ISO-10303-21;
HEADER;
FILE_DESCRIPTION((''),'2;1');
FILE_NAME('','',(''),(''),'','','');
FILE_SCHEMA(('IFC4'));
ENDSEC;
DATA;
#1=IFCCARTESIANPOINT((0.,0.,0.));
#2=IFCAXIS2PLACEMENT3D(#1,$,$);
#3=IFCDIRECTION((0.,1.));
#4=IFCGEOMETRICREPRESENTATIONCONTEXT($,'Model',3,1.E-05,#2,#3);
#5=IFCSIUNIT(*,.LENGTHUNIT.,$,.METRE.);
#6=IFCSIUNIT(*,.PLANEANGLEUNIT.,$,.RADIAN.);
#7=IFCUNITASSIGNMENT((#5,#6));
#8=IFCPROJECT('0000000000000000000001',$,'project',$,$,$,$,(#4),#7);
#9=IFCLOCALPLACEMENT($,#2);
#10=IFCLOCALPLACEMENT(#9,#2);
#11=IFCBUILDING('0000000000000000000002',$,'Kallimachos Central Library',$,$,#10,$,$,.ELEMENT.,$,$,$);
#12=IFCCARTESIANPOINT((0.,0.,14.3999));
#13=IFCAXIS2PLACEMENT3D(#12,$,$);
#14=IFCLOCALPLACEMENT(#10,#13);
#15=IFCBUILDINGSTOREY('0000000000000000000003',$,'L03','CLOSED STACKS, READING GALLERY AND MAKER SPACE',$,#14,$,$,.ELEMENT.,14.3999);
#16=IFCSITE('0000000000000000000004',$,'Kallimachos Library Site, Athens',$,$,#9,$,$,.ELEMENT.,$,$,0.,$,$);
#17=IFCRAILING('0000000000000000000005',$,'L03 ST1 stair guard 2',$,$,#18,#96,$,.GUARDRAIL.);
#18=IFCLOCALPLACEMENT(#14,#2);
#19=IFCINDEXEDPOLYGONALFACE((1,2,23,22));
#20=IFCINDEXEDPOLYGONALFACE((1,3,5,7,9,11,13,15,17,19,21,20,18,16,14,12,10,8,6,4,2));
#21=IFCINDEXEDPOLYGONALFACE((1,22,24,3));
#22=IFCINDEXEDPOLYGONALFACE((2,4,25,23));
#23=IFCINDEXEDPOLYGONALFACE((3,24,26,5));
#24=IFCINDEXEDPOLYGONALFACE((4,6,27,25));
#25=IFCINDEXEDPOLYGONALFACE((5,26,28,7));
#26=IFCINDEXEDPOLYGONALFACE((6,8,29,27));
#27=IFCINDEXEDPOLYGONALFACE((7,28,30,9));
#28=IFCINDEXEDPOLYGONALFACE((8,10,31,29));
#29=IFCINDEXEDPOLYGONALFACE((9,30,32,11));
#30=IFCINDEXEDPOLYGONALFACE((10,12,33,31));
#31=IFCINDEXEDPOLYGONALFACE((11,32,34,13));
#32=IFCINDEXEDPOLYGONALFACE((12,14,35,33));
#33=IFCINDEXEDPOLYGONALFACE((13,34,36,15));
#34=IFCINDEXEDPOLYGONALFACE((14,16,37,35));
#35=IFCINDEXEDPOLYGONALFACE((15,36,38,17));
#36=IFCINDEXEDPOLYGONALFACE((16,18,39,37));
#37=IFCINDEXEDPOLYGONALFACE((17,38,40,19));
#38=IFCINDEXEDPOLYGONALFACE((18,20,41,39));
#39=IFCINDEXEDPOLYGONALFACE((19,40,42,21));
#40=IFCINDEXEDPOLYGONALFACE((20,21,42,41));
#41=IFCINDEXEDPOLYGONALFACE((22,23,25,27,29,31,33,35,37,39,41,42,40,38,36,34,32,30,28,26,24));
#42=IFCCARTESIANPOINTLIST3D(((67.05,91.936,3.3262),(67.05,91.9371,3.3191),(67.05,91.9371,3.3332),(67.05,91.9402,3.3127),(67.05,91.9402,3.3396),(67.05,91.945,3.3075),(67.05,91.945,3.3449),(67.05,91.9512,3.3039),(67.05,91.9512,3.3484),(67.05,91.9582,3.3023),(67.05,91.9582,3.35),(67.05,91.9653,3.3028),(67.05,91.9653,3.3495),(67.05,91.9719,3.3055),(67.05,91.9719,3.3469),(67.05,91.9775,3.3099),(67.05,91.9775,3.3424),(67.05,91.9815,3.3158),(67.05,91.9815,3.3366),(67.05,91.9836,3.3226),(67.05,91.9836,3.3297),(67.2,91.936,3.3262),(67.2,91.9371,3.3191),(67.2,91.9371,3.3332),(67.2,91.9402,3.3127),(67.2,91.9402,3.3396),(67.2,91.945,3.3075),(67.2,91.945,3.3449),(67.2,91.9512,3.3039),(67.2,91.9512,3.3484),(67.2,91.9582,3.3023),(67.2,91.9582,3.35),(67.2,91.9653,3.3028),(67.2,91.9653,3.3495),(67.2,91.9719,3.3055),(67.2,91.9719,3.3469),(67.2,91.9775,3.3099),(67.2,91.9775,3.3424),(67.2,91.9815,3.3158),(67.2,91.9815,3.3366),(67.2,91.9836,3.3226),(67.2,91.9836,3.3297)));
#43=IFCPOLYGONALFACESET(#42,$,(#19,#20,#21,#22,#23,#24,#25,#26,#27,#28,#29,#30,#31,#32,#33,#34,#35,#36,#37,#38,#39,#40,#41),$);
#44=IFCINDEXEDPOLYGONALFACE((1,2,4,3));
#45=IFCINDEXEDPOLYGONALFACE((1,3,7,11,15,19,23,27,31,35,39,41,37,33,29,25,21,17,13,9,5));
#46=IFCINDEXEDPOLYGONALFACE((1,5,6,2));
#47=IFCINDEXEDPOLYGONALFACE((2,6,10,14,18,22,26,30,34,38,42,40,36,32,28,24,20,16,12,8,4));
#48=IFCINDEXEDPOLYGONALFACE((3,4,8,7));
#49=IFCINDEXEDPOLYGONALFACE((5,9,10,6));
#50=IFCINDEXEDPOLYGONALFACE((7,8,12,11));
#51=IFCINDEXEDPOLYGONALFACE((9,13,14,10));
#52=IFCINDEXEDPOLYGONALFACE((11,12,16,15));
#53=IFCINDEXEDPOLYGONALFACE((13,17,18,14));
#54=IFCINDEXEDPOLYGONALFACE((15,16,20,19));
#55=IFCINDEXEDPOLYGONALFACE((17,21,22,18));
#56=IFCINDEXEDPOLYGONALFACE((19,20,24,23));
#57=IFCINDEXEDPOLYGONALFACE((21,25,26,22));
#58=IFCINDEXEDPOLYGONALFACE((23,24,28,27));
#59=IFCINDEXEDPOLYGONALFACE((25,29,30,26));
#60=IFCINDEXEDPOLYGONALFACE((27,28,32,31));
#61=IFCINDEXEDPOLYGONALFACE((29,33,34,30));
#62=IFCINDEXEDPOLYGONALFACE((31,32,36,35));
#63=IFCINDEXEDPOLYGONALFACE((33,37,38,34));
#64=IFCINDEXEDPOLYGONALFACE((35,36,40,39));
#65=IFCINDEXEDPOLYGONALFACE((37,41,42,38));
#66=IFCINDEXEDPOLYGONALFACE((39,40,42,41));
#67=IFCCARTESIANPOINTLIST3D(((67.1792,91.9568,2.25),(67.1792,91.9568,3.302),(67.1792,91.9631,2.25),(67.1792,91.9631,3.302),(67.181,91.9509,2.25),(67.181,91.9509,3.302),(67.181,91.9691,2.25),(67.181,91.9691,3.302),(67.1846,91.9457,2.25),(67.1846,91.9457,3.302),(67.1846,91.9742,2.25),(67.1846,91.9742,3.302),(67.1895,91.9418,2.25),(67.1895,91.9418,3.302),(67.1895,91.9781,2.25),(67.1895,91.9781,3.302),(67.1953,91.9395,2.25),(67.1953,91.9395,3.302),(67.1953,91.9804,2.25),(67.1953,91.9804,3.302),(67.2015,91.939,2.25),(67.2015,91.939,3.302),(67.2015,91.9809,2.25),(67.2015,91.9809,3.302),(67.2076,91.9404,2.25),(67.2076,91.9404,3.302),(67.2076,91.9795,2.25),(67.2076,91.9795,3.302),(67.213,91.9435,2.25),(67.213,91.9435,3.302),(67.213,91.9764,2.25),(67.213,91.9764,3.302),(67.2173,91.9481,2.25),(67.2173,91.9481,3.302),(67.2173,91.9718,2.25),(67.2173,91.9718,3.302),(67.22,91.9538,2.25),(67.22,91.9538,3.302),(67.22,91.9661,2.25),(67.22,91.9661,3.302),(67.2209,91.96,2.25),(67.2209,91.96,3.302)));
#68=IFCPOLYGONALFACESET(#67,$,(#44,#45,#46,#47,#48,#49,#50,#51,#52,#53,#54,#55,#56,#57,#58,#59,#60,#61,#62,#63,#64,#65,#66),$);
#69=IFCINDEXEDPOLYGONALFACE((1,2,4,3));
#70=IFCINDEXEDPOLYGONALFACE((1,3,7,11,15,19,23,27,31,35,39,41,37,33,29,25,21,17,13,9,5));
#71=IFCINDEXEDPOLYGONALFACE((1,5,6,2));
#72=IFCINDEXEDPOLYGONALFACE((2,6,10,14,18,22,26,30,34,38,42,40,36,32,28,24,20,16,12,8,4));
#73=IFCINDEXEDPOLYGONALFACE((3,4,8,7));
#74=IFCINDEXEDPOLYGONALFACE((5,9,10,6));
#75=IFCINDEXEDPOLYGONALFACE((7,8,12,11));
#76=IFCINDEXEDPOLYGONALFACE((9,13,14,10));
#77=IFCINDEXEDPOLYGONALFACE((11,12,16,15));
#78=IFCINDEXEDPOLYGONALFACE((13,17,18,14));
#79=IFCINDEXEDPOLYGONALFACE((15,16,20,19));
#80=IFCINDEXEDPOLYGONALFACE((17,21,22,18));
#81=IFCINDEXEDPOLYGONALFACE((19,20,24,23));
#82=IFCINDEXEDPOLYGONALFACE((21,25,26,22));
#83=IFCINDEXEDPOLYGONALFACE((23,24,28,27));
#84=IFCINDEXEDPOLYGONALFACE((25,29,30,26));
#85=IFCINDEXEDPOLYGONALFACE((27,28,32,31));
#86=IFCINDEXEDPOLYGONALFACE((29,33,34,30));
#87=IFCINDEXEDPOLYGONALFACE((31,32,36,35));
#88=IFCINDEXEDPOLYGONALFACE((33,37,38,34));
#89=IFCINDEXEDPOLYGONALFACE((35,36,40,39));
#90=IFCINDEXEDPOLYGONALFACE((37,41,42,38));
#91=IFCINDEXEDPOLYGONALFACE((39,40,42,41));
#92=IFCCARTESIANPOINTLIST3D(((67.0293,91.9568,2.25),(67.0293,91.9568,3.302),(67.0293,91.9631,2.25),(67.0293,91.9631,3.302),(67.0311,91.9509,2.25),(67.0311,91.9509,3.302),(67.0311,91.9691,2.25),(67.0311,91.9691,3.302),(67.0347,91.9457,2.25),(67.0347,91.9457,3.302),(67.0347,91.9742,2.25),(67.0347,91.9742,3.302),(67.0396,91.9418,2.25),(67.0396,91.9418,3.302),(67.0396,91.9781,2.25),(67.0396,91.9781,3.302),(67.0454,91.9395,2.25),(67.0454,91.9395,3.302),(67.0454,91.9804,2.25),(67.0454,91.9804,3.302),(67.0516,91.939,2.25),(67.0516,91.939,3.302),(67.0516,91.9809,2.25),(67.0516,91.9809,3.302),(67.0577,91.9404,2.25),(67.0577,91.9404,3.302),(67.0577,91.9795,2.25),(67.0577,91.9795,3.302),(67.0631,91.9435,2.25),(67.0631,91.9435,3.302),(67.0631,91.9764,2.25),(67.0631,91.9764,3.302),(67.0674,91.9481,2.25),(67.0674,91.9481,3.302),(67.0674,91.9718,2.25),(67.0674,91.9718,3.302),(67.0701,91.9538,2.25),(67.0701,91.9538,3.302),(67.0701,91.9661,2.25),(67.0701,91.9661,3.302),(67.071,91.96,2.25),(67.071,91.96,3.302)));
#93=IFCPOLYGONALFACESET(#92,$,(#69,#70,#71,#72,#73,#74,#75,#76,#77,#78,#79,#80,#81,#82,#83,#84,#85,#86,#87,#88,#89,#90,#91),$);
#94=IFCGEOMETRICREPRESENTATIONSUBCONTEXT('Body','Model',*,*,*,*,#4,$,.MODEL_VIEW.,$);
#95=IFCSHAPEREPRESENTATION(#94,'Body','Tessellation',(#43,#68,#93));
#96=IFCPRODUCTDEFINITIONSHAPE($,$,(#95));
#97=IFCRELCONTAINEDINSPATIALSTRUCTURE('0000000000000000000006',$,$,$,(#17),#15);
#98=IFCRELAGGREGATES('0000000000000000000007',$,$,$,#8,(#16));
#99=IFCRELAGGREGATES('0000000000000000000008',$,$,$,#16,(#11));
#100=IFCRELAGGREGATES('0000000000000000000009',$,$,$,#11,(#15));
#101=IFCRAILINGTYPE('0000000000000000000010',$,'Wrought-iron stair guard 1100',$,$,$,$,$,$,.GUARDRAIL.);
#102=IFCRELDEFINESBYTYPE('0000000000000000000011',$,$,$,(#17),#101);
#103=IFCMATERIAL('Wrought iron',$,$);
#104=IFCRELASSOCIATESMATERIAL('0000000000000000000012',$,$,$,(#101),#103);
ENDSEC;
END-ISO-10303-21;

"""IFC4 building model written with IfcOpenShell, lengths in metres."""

from ifc_helpers import new_model, si_unit, direction, frame, origin, origin_2d, place, context, subcontext, project, spatial, circle, extrude, material, type_object, element, save


model = new_model("IFC4")

# Units and contexts
model_context = context("Model", 3, precision=1e-05, world=origin(), true_north=direction((0.0, 1.0)))
body_context = subcontext(model_context, "Body", "Model", "MODEL_VIEW")
ifc_project = project(units=[si_unit("LENGTHUNIT", "METRE"), si_unit("PLANEANGLEUNIT", "RADIAN")], contexts=[model_context])

# Site, building, storey
site_placement = place(None, origin())
site = spatial("IfcSite", under=ifc_project, at=site_placement, Name="Kallimachos Library Site, Athens", CompositionType="ELEMENT", RefElevation=0.0)
building_placement = place(site_placement, origin())
building = spatial("IfcBuilding", under=site, at=building_placement, Name="Kallimachos Central Library", CompositionType="ELEMENT")
storey_placement = place(building_placement, frame((0.0, 0.0, 14.3999)))
storey = spatial("IfcBuildingStorey", under=building, at=storey_placement, Name="L03", Description="CLOSED STACKS, READING GALLERY AND MAKER SPACE", CompositionType="ELEMENT", Elevation=14.3999)

# Railing
ifc_material_1 = material(Name="Wrought iron")
railing_type_1 = type_object("IfcRailingType", Name="Wrought-iron stair guard 1100", PredefinedType="GUARDRAIL", material=ifc_material_1)
railing_1_placement = place(storey_placement, frame((67.2, 91.96, 2.25)))
element("IfcRailing", 1, at=railing_1_placement, inside=storey, type_object=railing_type_1, Name="L03 ST1 stair guard 2", PredefinedType="GUARDRAIL", context=body_context, shape_type="SweptSolid", body=[
    extrude(circle(Radius=0.0239, at=origin_2d()), frame((0.0, 0.0, 1.0762), z_axis=(-1.0, 0.0, 0.0), x_axis=(0.0, -1.0, 0.0)), (0.0, 0.0, 1.0), 0.1499),
    extrude(circle(Radius=0.021, at=origin_2d()), origin(), (0.0, 0.0, 1.0), 1.052),
    extrude(circle(Radius=0.021, at=origin_2d()), frame((-0.1499, 0.0, 0.0)), (0.0, 0.0, 1.0), 1.052),
])

save(model, "model.ifc")
